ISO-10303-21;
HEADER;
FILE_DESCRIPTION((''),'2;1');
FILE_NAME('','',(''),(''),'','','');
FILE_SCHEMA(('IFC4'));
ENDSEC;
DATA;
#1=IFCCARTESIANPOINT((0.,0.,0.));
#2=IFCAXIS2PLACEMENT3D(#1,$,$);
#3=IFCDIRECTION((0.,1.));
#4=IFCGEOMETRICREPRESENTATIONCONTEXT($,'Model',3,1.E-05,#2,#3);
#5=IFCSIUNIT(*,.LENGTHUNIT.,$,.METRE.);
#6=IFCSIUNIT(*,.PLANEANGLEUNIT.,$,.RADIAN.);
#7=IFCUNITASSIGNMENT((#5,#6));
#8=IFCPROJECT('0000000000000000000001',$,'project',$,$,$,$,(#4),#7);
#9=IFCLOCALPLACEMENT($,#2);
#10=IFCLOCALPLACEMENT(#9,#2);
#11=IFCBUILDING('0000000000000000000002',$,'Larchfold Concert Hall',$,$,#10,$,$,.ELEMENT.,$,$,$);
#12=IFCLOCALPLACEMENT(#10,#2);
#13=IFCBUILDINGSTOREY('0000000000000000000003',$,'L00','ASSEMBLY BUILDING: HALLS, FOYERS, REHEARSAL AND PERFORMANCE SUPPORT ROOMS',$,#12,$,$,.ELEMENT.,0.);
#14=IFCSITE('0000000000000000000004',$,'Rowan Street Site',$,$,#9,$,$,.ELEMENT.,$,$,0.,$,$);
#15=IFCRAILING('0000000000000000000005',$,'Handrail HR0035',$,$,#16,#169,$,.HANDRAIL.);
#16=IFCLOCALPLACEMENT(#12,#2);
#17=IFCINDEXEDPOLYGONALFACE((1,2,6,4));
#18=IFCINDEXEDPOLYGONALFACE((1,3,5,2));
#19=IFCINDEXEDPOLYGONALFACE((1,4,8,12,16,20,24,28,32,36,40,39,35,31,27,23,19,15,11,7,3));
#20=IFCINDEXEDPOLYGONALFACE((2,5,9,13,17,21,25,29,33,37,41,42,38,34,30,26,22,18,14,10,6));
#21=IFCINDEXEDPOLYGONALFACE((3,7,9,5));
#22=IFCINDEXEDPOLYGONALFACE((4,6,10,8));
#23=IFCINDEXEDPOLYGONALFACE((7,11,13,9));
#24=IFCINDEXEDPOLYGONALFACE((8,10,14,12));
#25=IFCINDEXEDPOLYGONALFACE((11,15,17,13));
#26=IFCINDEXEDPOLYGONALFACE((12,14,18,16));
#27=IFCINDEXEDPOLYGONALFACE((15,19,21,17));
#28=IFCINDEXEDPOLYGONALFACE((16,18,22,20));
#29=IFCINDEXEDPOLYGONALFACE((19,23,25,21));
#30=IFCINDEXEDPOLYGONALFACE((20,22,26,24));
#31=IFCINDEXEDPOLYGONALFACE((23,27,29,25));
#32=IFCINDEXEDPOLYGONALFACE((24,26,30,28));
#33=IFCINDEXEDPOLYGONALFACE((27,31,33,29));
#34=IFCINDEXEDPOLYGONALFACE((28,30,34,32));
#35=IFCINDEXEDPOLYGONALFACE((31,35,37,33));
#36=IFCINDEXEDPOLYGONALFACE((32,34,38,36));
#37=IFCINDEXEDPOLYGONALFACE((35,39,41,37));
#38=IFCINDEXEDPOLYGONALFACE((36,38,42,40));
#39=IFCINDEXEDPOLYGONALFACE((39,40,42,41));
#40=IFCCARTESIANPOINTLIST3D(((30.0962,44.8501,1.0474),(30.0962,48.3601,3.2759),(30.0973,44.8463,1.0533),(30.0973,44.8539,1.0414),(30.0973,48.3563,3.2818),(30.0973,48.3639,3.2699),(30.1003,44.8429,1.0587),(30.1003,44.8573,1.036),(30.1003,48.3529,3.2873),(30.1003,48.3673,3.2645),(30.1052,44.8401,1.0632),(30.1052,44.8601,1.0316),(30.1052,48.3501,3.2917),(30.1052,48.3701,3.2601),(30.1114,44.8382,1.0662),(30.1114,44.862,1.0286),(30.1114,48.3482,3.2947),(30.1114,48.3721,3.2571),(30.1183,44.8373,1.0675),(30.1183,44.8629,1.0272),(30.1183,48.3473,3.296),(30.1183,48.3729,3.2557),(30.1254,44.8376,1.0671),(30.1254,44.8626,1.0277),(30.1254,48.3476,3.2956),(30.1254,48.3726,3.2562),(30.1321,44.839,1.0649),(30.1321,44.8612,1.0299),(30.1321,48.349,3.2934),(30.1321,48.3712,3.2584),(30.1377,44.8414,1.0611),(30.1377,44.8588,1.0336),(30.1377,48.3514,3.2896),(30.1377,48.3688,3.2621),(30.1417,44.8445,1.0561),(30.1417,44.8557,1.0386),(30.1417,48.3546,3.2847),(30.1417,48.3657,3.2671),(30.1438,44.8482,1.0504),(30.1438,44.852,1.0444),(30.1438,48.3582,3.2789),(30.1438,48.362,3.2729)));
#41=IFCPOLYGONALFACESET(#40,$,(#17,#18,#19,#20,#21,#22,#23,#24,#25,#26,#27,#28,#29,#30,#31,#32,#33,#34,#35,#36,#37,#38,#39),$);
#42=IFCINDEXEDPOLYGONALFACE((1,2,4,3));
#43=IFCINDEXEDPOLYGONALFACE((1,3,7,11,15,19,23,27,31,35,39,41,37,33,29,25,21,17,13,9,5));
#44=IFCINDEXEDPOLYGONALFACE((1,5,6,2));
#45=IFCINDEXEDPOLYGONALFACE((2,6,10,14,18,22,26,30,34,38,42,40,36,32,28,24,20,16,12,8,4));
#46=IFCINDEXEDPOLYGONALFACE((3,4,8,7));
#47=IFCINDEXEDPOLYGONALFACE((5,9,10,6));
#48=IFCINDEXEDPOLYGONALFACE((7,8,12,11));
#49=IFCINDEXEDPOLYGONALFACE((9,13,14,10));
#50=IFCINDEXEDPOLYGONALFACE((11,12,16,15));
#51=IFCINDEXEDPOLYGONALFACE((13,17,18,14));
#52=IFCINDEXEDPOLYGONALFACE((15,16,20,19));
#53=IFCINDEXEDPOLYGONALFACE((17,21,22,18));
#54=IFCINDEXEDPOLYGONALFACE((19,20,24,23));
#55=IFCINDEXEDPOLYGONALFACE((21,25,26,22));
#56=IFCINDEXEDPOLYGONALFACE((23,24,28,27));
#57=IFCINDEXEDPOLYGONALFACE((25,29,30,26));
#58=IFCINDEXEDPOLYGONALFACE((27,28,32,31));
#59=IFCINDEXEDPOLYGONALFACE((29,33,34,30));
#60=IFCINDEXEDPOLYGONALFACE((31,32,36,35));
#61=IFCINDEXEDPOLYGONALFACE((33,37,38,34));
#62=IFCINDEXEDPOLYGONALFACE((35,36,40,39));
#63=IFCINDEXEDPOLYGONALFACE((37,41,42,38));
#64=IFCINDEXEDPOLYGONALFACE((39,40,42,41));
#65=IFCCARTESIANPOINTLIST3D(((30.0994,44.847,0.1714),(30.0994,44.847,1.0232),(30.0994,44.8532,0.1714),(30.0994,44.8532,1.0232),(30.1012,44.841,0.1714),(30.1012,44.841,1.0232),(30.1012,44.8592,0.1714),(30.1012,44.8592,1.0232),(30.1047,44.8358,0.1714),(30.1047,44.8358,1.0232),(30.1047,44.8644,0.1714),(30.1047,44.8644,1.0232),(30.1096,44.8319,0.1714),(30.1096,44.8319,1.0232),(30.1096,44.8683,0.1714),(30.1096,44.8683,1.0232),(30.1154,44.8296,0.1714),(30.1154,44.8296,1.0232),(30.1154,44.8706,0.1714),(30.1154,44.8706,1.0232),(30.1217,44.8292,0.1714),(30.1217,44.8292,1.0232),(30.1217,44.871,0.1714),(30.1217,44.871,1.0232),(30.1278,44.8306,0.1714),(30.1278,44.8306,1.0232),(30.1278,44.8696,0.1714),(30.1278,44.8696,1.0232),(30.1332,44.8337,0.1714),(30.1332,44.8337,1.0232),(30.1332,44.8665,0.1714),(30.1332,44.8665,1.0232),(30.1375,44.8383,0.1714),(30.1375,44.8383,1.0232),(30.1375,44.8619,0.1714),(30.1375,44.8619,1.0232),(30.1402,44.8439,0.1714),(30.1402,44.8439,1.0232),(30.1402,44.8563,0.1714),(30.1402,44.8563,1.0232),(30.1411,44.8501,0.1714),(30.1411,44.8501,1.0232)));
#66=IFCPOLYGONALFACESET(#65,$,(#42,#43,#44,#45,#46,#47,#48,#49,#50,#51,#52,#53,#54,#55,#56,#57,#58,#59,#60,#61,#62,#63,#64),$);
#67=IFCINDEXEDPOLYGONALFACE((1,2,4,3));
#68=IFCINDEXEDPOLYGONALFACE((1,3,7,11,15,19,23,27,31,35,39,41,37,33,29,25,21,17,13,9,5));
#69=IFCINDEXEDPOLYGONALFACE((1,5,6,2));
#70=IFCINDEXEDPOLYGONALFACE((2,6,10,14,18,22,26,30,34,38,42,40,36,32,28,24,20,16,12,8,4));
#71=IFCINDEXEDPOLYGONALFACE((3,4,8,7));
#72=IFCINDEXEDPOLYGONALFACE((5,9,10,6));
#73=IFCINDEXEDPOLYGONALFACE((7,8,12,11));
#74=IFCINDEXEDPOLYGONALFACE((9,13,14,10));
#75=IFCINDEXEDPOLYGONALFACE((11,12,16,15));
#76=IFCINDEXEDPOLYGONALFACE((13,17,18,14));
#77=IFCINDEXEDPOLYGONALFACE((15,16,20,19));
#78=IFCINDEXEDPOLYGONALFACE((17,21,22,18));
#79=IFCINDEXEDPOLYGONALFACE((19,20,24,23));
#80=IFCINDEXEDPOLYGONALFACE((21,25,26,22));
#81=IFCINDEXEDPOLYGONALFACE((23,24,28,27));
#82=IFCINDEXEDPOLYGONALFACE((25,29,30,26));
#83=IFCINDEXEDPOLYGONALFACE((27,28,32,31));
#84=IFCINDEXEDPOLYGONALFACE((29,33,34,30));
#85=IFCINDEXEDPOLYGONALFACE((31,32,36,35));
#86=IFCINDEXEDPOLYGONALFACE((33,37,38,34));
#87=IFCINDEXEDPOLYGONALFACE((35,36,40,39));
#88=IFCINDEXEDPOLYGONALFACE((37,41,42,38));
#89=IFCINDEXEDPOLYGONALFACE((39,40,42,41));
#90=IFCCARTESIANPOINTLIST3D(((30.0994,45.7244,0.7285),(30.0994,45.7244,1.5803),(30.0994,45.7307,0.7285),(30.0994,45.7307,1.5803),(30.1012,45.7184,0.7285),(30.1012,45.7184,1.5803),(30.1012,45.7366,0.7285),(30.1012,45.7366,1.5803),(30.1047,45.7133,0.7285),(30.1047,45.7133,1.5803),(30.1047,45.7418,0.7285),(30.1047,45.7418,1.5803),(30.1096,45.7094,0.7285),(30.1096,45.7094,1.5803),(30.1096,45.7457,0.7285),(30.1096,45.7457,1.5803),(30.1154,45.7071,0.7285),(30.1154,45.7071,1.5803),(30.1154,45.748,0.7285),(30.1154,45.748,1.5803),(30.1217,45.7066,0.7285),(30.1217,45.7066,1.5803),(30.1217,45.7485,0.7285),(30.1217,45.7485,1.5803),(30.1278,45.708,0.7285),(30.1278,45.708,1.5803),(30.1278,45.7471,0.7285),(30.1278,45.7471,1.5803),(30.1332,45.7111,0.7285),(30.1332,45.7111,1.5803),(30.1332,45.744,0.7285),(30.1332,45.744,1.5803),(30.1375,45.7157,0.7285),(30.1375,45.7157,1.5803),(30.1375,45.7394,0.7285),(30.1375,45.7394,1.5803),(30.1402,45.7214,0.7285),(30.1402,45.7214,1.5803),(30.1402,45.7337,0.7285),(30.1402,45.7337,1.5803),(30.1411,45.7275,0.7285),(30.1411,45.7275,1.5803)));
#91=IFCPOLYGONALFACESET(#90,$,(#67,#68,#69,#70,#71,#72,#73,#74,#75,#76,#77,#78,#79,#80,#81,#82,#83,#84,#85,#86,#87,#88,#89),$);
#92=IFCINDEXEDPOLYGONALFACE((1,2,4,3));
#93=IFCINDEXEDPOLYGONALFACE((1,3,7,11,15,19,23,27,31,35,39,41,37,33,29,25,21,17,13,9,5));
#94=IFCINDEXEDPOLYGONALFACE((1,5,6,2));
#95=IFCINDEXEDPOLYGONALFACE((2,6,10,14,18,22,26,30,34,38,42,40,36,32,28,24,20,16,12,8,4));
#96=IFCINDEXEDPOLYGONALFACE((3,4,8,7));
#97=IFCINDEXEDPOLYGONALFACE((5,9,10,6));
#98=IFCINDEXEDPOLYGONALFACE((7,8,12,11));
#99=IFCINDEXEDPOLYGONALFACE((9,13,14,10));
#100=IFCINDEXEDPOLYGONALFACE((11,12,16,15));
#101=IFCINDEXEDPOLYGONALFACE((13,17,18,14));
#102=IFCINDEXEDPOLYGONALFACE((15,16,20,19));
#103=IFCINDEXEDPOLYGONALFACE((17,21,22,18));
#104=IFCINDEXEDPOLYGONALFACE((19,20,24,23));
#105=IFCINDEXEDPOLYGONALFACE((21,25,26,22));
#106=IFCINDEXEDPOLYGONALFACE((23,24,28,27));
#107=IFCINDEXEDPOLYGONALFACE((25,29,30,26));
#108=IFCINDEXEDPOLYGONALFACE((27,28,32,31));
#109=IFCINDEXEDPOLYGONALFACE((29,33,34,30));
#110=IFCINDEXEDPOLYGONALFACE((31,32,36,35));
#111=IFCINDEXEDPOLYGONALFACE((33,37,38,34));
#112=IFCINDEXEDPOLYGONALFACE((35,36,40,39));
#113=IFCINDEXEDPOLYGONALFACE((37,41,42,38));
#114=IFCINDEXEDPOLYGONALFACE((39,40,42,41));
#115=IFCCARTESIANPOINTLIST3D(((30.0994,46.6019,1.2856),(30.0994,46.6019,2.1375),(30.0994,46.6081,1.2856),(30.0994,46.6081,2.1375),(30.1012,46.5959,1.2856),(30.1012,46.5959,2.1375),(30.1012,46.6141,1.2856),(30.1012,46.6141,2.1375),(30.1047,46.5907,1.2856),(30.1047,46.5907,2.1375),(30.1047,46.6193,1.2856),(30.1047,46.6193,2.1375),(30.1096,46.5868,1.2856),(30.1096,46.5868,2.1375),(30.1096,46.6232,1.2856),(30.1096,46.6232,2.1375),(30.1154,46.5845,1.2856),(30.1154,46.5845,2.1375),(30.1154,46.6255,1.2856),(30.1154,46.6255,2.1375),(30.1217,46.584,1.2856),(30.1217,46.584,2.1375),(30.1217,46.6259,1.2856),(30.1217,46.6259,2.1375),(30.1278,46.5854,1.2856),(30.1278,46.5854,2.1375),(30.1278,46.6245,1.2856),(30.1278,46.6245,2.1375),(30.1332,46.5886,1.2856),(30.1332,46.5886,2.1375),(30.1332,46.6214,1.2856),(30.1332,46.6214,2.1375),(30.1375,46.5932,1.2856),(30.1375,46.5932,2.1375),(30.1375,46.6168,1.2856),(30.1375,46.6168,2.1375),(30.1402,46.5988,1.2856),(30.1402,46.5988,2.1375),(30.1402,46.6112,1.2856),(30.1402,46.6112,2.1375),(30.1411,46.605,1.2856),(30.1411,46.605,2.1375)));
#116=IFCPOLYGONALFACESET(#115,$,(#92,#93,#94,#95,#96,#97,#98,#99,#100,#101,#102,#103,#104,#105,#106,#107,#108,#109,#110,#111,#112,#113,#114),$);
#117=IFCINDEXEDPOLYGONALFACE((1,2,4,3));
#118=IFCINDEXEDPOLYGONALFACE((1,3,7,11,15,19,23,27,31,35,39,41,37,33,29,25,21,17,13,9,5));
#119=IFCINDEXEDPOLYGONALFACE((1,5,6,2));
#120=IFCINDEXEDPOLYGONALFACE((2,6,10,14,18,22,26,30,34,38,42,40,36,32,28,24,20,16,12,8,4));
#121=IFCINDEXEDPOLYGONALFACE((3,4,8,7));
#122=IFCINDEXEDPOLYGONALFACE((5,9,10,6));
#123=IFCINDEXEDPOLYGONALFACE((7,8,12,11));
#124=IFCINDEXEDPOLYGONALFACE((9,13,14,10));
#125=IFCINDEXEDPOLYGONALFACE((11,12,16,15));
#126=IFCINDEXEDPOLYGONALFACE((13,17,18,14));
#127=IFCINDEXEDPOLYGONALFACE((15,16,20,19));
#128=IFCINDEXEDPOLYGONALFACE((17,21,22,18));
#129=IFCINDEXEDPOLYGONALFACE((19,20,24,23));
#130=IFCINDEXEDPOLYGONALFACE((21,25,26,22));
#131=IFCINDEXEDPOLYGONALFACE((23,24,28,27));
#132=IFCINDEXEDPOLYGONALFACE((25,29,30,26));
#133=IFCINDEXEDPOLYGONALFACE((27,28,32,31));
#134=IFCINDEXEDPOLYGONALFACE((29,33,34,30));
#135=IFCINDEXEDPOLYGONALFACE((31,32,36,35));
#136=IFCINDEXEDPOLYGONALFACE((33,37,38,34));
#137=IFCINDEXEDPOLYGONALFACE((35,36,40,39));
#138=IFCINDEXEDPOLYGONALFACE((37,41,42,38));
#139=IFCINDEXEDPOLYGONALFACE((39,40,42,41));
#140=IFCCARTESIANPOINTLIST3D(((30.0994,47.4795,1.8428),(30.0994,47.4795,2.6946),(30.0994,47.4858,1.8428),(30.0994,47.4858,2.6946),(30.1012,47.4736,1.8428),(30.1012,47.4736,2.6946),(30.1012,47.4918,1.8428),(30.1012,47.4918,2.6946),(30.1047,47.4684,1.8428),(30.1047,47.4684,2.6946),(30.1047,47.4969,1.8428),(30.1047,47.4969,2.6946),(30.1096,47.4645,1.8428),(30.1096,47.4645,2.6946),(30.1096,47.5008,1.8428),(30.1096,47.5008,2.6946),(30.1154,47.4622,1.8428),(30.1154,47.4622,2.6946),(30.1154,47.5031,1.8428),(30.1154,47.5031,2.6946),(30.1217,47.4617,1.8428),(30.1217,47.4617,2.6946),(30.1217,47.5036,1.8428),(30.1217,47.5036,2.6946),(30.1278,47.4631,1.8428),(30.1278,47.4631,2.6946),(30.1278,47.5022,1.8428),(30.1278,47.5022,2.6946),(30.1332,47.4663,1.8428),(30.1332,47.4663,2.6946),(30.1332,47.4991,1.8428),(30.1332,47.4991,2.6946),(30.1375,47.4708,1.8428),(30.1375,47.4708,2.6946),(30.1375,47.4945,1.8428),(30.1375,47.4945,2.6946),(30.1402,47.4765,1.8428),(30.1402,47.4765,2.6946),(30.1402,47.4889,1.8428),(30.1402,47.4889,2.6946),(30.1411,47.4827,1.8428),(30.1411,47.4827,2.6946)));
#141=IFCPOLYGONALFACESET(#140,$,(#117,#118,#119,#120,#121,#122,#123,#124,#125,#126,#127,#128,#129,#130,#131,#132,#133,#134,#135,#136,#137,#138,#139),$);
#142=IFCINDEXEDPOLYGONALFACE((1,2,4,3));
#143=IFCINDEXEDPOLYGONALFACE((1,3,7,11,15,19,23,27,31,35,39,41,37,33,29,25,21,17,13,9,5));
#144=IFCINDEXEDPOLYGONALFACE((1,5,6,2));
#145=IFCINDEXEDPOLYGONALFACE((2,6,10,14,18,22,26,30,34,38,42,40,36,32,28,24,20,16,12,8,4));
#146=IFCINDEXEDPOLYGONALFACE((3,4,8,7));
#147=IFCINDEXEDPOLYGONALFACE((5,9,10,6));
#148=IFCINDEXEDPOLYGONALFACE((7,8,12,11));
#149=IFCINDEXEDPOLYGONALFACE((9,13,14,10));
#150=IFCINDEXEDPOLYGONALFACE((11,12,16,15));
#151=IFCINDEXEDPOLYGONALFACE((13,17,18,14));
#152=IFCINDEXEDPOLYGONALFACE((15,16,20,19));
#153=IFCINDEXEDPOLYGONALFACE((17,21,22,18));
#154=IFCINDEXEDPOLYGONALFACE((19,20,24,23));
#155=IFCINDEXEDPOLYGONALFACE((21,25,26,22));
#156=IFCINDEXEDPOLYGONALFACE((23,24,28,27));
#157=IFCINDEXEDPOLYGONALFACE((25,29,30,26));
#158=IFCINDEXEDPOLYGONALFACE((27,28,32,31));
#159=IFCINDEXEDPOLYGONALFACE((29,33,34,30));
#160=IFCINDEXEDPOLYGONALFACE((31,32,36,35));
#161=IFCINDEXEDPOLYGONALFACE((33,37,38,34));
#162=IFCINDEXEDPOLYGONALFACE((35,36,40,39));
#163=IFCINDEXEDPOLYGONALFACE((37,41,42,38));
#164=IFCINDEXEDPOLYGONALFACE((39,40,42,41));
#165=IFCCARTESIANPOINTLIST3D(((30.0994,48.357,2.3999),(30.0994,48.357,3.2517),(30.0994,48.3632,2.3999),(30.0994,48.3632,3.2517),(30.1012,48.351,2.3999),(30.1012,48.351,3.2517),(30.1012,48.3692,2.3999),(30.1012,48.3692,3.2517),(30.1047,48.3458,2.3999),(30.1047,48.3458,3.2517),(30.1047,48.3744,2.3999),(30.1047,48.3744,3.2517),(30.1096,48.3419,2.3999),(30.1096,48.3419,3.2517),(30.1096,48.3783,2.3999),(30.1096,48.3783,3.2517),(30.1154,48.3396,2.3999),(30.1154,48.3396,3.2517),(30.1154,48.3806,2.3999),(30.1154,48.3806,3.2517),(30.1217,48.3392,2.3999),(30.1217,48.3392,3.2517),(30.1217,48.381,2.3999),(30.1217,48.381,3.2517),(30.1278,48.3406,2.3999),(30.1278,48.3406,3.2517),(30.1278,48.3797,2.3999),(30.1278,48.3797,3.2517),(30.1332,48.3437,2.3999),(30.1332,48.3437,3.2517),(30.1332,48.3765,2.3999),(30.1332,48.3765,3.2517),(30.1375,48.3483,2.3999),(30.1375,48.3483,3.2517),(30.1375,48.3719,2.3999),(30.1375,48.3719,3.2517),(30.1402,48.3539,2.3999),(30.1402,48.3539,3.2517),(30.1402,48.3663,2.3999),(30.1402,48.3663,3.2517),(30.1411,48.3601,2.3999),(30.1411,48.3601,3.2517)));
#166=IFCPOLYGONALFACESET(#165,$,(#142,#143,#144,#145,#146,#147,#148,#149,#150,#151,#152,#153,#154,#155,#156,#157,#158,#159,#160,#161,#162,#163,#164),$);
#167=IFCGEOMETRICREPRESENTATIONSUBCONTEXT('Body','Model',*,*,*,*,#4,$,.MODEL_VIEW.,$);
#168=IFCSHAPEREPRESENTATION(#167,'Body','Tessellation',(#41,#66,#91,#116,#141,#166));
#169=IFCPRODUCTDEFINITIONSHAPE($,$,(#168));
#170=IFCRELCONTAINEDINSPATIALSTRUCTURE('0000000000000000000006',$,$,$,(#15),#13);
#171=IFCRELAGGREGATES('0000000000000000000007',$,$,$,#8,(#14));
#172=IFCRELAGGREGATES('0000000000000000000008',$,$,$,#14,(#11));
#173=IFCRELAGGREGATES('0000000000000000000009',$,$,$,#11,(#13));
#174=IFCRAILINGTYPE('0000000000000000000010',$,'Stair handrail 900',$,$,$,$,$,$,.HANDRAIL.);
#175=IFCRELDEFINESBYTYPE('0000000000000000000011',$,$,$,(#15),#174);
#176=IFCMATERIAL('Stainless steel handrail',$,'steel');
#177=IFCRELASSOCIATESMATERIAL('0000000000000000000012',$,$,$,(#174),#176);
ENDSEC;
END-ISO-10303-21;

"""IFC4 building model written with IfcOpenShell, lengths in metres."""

from ifc_helpers import new_model, si_unit, direction, frame, origin, origin_2d, place, context, subcontext, project, spatial, circle, extrude, material, type_object, element, save


model = new_model("IFC4")

# Units and contexts
model_context = context("Model", 3, precision=1e-05, world=origin(), true_north=direction((0.0, 1.0)))
body_context = subcontext(model_context, "Body", "Model", "MODEL_VIEW")
ifc_project = project(units=[si_unit("LENGTHUNIT", "METRE"), si_unit("PLANEANGLEUNIT", "RADIAN")], contexts=[model_context])

# Site, building, storey
site_placement = place(None, origin())
site = spatial("IfcSite", under=ifc_project, at=site_placement, Name="Rowan Street Site", CompositionType="ELEMENT", RefElevation=0.0)
building_placement = place(site_placement, origin())
building = spatial("IfcBuilding", under=site, at=building_placement, Name="Larchfold Concert Hall", CompositionType="ELEMENT")
storey_placement = place(building_placement, origin())
storey = spatial("IfcBuildingStorey", under=building, at=storey_placement, Name="L00", Description="ASSEMBLY BUILDING: HALLS, FOYERS, REHEARSAL AND PERFORMANCE SUPPORT ROOMS", CompositionType="ELEMENT", Elevation=0.0)

# Railing
ifc_material_1 = material(Name="Stainless steel handrail", Category="steel")
railing_type_1 = type_object("IfcRailingType", Name="Stair handrail 900", PredefinedType="HANDRAIL", material=ifc_material_1)
railing_1_placement = place(storey_placement, frame((30.1201, 44.8501, 0.1714)))
element("IfcRailing", 1, at=railing_1_placement, inside=storey, type_object=railing_type_1, Name="Handrail HR0035", PredefinedType="HANDRAIL", context=body_context, shape_type="SweptSolid", body=[
    extrude(circle(Radius=0.0239, at=origin_2d()), frame((0.0, 0.0, 0.876), z_axis=(0.0, 0.84422, 0.535998), x_axis=(-1.0, 0.0, 0.0)), (0.0, 0.0, 1.0), 4.1577),
    extrude(circle(Radius=0.021, at=origin_2d()), origin(), (0.0, 0.0, 1.0), 0.8518),
    extrude(circle(Radius=0.021, at=origin_2d()), frame((0.0, 0.8774, 0.5571)), (0.0, 0.0, 1.0), 0.8518),
    extrude(circle(Radius=0.021, at=origin_2d()), frame((0.0, 1.7549, 1.1143)), (0.0, 0.0, 1.0), 0.8518),
    extrude(circle(Radius=0.021, at=origin_2d()), frame((0.0, 2.6326, 1.6714)), (0.0, 0.0, 1.0), 0.8518),
    extrude(circle(Radius=0.021, at=origin_2d()), frame((0.0, 3.51, 2.2285)), (0.0, 0.0, 1.0), 0.8518),
])

save(model, "model.ifc")
